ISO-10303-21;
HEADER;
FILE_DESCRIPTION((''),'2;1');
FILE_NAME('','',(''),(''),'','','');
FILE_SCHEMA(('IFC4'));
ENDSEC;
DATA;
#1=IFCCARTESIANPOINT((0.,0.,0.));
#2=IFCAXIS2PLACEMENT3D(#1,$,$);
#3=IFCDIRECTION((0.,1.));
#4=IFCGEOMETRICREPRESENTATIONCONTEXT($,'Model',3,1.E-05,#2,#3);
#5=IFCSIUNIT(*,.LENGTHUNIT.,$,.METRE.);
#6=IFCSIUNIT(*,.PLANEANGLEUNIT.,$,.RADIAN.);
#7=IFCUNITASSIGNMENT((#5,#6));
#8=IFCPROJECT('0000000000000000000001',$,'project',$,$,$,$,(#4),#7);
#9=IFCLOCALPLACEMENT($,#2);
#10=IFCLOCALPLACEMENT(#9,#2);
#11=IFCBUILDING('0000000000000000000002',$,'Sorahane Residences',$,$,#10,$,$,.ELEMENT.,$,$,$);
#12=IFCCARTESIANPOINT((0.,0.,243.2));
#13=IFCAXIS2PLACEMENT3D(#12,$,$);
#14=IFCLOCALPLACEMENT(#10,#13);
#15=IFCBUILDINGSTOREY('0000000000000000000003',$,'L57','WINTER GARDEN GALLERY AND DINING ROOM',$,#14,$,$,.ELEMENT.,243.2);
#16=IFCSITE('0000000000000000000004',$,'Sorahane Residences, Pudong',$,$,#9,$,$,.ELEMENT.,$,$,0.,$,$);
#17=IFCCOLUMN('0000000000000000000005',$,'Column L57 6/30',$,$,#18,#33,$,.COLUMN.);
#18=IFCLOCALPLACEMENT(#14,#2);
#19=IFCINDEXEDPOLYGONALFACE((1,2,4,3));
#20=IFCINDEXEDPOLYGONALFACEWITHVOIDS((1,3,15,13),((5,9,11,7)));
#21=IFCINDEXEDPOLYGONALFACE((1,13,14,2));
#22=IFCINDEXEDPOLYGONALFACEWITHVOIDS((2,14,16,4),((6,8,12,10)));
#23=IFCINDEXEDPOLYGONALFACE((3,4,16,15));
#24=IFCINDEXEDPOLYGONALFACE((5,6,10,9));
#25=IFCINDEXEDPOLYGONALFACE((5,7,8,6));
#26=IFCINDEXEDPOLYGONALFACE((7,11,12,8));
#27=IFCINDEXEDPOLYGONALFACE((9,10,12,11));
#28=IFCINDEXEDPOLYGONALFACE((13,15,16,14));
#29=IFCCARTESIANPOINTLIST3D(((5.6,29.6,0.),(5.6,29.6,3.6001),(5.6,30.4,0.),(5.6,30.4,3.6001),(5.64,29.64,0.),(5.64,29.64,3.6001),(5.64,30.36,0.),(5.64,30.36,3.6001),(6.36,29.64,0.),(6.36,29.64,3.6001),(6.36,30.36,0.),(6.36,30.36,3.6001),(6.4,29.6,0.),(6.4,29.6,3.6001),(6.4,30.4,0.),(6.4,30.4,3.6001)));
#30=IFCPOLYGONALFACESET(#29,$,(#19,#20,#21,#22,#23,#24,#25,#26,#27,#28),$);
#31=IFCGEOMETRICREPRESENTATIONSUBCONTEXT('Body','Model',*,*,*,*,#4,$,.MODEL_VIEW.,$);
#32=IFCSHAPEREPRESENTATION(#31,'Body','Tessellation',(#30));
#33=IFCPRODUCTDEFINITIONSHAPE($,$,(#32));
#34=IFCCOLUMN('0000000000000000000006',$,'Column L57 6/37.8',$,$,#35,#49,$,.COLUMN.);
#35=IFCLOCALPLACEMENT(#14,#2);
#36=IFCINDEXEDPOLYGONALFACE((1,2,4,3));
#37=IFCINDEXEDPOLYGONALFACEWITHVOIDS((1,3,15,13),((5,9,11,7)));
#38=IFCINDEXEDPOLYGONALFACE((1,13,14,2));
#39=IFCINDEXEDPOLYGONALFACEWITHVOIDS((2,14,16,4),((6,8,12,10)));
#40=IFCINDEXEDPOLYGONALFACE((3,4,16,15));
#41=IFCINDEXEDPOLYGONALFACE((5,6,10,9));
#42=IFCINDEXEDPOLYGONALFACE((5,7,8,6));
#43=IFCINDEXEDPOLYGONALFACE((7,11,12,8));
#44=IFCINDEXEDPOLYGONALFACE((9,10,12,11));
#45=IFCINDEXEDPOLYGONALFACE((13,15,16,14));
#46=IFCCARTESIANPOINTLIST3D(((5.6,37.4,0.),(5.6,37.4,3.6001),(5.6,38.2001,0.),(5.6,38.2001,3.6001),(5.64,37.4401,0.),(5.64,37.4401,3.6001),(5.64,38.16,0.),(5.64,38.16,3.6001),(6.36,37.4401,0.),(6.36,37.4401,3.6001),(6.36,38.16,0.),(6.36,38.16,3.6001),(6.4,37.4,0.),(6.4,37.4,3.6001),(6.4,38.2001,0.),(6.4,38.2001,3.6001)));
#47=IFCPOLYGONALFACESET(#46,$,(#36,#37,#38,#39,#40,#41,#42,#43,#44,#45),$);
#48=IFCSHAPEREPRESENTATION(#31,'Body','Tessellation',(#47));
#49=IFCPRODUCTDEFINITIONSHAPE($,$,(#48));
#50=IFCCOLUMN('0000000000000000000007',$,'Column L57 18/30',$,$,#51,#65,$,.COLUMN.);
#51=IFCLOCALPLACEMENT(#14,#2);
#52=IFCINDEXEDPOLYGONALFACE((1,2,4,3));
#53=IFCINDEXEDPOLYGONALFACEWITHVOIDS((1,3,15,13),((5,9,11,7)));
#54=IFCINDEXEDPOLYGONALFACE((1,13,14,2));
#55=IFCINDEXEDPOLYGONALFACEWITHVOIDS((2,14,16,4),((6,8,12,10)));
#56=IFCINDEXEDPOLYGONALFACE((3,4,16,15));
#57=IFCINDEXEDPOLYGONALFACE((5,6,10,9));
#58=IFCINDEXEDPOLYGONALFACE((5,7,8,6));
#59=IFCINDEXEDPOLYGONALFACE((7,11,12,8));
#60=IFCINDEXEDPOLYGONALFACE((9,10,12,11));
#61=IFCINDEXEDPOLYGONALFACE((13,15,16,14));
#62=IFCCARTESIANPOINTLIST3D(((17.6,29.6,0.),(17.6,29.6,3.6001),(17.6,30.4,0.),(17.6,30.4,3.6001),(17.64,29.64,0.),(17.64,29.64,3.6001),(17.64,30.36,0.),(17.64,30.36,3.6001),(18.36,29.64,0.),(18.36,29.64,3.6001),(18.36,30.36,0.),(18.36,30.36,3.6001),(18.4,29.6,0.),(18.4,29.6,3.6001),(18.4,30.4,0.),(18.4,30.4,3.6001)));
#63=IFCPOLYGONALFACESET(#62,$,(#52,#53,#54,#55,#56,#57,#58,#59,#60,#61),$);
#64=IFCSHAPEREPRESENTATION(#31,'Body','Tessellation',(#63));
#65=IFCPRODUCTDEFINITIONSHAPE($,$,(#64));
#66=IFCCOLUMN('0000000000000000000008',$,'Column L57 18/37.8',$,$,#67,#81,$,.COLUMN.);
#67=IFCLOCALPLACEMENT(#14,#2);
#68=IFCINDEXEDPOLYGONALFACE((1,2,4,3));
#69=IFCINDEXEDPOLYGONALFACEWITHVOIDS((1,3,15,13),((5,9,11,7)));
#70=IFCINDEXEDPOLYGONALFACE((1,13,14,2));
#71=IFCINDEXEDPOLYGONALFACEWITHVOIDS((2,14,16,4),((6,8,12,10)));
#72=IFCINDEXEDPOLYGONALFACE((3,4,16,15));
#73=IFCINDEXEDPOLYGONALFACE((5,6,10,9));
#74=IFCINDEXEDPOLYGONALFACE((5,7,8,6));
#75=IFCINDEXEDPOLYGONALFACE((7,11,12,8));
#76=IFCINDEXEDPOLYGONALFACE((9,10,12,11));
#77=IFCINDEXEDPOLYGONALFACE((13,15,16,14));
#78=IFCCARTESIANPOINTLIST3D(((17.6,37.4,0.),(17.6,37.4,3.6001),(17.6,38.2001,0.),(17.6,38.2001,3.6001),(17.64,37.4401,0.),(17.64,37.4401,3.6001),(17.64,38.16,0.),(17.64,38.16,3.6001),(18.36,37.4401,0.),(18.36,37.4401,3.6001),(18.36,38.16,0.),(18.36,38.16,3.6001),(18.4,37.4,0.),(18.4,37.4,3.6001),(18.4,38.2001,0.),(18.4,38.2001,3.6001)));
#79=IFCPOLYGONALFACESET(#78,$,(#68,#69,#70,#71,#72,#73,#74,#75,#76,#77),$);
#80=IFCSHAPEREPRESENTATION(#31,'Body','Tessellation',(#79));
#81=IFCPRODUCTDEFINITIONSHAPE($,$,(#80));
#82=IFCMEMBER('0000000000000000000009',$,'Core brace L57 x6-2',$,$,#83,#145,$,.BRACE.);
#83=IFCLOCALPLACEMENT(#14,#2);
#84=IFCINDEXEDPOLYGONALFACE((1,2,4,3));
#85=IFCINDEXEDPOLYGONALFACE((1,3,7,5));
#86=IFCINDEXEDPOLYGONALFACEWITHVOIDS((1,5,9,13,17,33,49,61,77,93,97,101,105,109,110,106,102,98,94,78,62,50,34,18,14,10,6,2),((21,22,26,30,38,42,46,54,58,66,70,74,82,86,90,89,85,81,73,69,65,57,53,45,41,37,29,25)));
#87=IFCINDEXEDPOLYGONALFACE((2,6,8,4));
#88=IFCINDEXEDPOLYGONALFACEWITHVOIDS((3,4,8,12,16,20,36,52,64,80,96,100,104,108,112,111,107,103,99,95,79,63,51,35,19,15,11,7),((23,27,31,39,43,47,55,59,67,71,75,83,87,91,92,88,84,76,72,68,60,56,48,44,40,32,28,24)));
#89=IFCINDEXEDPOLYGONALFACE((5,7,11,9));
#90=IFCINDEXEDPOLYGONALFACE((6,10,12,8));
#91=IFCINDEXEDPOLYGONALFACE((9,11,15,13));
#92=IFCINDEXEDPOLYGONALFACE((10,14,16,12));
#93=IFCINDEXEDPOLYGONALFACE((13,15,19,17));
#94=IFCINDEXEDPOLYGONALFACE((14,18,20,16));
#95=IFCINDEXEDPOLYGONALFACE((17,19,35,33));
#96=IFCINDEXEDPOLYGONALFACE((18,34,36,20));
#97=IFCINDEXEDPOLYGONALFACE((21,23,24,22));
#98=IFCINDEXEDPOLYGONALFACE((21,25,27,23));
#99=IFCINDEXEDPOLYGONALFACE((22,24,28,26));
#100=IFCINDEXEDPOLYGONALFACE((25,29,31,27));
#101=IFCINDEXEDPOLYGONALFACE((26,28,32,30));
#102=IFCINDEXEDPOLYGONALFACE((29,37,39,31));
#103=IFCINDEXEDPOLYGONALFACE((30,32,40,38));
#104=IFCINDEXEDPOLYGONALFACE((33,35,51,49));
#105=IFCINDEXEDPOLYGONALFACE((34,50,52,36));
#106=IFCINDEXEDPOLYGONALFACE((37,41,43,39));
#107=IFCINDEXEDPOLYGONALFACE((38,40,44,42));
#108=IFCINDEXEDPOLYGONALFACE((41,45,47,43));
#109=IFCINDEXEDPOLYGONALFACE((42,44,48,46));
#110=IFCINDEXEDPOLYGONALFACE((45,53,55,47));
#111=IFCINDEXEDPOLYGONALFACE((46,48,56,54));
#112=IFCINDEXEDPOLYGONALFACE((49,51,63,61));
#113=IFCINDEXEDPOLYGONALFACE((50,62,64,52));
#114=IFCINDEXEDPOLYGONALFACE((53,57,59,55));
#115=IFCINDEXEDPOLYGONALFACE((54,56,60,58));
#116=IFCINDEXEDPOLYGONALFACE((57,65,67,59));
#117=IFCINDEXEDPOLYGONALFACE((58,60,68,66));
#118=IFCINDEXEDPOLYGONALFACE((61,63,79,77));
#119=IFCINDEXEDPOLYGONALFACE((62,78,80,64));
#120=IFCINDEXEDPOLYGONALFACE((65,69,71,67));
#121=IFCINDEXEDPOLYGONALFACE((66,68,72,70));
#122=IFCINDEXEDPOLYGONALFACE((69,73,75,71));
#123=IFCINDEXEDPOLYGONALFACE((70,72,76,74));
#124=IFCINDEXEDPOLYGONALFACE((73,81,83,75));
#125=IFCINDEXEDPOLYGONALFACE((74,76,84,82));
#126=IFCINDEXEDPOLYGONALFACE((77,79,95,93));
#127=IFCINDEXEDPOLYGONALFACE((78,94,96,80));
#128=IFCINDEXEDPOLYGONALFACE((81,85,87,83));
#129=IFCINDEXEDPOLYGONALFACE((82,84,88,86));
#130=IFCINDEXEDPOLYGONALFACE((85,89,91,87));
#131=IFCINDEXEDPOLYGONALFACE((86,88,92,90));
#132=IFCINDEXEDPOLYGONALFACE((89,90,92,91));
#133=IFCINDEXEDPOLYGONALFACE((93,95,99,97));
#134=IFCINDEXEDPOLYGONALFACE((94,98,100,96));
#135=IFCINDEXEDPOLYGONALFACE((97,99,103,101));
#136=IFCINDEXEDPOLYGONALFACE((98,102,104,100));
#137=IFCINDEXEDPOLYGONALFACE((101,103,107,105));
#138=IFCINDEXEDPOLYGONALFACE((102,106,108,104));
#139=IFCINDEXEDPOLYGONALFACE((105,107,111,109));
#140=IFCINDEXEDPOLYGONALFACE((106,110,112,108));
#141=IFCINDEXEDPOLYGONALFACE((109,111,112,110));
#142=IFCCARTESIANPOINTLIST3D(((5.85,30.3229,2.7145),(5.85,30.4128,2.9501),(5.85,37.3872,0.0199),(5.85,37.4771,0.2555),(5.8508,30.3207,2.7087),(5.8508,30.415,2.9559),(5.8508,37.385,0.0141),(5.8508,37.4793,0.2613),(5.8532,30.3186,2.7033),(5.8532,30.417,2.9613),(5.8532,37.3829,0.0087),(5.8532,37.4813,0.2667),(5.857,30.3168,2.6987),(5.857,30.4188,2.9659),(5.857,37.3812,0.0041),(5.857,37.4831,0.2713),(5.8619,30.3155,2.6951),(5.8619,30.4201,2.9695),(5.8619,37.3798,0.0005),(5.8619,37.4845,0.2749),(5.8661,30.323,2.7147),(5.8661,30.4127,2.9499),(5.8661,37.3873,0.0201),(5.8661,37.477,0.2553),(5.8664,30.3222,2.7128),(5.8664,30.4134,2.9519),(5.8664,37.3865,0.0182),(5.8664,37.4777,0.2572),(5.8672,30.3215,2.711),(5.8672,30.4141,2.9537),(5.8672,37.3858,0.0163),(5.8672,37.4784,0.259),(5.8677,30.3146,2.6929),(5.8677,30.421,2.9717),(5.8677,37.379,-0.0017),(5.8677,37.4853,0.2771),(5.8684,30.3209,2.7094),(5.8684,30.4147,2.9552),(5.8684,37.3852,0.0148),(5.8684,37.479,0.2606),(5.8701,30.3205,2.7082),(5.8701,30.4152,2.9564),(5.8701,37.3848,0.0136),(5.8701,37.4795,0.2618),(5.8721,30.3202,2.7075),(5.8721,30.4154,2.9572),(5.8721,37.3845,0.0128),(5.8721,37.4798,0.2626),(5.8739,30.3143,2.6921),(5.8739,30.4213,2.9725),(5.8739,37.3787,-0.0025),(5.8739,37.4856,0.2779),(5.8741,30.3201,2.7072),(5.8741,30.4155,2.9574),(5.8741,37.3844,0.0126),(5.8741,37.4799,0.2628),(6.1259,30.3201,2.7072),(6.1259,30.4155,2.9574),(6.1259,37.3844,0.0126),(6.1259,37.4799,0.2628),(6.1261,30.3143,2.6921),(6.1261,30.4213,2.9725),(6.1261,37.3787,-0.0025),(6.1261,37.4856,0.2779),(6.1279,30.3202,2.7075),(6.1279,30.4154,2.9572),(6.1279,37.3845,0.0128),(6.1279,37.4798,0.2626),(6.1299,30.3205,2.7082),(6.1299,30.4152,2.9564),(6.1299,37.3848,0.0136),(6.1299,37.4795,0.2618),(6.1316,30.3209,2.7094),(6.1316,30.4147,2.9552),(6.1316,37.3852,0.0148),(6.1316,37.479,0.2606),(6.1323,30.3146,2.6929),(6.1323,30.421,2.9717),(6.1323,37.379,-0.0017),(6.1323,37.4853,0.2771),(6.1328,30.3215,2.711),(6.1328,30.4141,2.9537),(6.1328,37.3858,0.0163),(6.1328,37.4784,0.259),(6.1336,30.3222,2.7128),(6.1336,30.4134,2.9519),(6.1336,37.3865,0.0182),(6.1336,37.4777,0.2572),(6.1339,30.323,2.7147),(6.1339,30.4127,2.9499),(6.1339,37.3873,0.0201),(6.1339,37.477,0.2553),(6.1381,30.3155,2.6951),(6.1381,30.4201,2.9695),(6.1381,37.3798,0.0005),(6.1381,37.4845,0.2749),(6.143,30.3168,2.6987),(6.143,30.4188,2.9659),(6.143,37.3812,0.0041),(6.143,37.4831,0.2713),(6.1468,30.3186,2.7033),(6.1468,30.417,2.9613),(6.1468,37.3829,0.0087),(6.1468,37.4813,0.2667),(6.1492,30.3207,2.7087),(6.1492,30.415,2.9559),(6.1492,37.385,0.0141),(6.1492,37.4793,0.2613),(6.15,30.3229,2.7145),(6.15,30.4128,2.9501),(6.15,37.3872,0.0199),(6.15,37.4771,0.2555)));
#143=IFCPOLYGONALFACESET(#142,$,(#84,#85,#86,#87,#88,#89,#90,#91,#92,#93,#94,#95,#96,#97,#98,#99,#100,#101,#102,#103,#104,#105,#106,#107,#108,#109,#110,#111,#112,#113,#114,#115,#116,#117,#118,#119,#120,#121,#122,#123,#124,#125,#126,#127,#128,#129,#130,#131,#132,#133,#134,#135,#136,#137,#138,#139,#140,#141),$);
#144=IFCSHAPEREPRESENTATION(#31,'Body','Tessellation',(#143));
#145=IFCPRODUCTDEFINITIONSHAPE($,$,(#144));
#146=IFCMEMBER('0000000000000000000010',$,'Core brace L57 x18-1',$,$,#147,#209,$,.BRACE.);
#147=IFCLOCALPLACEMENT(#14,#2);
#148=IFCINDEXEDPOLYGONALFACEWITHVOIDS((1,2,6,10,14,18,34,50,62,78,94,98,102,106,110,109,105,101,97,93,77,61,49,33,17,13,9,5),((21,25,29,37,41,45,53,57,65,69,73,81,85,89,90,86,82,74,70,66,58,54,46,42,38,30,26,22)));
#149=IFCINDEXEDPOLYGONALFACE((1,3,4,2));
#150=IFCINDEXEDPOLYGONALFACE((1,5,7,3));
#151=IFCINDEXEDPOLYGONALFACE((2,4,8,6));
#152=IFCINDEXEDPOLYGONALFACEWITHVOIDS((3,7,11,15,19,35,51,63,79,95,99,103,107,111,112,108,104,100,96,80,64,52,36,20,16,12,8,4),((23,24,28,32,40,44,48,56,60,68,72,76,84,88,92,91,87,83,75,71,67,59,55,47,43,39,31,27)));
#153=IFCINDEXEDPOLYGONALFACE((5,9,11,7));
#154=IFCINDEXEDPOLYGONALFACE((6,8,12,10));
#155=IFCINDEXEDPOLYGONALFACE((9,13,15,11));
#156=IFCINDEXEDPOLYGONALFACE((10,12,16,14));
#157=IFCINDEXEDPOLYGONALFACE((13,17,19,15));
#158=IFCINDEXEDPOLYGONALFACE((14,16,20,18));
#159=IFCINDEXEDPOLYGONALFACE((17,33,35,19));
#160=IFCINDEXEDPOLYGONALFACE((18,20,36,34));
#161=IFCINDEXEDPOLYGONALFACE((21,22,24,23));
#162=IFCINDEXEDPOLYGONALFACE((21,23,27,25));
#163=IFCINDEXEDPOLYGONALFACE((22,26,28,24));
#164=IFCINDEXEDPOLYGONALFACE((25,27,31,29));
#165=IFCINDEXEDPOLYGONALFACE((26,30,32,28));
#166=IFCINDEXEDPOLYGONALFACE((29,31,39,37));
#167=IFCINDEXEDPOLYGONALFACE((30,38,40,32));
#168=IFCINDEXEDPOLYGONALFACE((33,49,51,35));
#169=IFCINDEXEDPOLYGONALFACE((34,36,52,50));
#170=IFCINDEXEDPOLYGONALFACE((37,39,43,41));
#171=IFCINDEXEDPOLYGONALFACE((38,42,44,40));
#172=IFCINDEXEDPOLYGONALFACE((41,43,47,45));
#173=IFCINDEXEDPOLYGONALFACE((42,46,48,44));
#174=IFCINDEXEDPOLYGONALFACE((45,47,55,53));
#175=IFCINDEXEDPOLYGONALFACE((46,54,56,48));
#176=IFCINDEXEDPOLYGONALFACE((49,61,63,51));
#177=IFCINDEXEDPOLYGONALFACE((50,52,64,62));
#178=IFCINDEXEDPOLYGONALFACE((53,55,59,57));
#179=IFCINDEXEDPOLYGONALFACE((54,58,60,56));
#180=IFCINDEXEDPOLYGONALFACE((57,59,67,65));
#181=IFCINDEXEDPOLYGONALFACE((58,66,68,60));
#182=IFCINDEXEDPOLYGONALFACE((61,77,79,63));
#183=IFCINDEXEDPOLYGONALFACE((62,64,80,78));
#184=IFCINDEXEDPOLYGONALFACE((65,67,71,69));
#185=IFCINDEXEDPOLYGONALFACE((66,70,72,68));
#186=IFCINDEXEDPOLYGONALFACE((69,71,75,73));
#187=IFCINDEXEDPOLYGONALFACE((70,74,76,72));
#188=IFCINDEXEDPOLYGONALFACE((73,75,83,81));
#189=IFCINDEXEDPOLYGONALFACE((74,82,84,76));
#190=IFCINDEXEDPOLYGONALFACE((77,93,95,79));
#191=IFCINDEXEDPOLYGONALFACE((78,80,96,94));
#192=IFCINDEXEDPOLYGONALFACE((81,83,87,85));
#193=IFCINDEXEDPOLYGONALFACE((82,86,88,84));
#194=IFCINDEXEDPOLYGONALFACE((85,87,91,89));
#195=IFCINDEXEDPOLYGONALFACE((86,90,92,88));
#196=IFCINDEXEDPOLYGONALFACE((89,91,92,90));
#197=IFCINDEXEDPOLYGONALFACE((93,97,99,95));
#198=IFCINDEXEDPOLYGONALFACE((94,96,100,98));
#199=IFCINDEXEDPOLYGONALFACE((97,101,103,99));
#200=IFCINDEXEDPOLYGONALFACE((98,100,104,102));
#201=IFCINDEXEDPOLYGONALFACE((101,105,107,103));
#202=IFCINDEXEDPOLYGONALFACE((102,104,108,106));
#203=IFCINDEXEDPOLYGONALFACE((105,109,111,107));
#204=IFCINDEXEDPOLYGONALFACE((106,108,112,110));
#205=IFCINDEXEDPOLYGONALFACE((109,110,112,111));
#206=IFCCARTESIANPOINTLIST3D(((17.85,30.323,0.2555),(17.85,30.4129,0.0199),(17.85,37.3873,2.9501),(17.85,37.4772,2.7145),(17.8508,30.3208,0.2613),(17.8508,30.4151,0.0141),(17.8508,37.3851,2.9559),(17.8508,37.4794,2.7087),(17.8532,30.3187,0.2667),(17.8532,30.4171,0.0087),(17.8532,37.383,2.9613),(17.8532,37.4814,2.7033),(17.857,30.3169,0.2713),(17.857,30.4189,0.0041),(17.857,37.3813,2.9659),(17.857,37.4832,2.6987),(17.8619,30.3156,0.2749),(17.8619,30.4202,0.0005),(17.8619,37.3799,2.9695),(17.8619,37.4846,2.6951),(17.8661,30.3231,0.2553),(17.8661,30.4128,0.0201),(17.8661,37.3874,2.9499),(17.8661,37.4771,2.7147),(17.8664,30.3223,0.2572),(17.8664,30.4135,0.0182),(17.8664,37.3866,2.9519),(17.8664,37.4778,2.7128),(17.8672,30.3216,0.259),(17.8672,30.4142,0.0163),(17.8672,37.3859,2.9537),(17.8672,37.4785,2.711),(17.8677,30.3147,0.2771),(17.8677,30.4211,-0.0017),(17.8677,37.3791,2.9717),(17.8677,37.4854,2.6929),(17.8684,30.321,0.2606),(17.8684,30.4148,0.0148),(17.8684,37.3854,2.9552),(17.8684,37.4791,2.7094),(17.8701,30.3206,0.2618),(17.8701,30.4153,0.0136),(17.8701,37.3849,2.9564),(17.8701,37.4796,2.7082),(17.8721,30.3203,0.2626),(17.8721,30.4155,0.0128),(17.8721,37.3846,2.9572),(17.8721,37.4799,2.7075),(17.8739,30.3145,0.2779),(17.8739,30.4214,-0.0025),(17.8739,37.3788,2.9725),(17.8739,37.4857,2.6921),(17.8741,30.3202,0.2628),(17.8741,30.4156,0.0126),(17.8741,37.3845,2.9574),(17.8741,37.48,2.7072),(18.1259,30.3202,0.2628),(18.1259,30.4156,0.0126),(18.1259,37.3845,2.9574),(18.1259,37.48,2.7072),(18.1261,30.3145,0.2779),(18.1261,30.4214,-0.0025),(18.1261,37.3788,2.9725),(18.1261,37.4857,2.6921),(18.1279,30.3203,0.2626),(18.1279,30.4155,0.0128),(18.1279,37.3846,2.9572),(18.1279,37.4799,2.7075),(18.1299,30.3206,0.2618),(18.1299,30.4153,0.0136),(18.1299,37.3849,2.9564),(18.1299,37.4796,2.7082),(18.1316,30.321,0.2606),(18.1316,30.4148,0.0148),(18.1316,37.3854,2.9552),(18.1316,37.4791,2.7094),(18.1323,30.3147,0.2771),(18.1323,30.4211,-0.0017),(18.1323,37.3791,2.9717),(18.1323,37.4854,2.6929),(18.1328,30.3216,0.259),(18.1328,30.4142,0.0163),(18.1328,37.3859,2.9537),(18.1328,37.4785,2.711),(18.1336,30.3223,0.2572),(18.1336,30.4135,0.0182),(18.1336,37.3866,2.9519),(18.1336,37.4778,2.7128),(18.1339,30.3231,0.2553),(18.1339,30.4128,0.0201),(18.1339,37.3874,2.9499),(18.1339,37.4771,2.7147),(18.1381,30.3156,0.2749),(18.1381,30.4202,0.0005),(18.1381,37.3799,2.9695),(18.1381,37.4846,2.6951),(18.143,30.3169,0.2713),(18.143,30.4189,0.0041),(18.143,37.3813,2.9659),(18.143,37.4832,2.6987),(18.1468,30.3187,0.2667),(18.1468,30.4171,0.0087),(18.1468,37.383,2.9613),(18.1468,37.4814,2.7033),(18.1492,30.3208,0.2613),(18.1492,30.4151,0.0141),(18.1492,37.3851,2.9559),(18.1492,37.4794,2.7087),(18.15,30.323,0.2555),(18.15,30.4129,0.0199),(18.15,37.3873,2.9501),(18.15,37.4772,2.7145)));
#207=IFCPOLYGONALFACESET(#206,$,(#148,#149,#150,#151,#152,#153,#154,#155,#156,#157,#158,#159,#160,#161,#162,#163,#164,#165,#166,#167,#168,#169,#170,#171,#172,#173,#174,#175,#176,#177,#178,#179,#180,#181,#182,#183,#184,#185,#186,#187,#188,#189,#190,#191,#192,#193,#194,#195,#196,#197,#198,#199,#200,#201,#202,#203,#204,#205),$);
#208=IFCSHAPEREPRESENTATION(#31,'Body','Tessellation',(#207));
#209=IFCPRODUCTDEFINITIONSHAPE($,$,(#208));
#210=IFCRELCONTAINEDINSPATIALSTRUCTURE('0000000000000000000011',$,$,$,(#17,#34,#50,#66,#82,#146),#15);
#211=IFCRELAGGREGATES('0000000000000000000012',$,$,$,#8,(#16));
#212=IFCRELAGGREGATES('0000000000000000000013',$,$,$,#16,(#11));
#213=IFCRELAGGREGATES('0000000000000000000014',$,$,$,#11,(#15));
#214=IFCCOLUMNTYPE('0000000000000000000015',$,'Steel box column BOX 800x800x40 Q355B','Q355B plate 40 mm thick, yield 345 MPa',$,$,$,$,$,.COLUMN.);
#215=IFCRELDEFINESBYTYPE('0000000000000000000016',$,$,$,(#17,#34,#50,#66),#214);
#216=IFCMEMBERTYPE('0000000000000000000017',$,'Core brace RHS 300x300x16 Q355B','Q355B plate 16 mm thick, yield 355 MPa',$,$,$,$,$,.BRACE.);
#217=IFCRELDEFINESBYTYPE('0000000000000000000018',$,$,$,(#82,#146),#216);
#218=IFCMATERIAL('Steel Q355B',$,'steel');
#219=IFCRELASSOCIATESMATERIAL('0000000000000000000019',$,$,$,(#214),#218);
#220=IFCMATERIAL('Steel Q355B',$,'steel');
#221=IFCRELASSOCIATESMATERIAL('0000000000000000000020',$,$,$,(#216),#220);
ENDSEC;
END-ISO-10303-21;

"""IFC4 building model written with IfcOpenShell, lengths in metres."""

from ifc_helpers import new_model, si_unit, direction, frame, origin, origin_2d, place, context, subcontext, project, spatial, hollow_rectangle, extrude, material, material_profile, profile_set, type_object, element, save


model = new_model("IFC4")

# Units and contexts
model_context = context("Model", 3, precision=1e-05, world=origin(), true_north=direction((0.0, 1.0)))
body_context = subcontext(model_context, "Body", "Model", "MODEL_VIEW")
ifc_project = project(units=[si_unit("LENGTHUNIT", "METRE"), si_unit("PLANEANGLEUNIT", "RADIAN")], contexts=[model_context])

# Site, building, storey
site_placement = place(None, origin())
site = spatial("IfcSite", under=ifc_project, at=site_placement, Name="Sorahane Residences, Pudong", CompositionType="ELEMENT", RefElevation=0.0)
building_placement = place(site_placement, origin())
building = spatial("IfcBuilding", under=site, at=building_placement, Name="Sorahane Residences", CompositionType="ELEMENT")
storey_placement = place(building_placement, frame((0.0, 0.0, 243.2)))
storey = spatial("IfcBuildingStorey", under=building, at=storey_placement, Name="L57", Description="WINTER GARDEN GALLERY AND DINING ROOM", CompositionType="ELEMENT", Elevation=243.2)

# Columns
ifc_material_1 = material(Name="Steel Q355B", Category="steel")
ifc_material_profile_1 = material_profile(ifc_material_1, hollow_rectangle(XDim=0.8, YDim=0.8, WallThickness=0.04, at=origin_2d()), Name="BOX 800x800x40")
ifc_profile_set_1 = profile_set([ifc_material_profile_1], Name="Steel Q355B")
column_type = type_object("IfcColumnType", Name="Steel box column BOX 800x800x40 Q355B", Description="Q355B plate 40 mm thick, yield 345 MPa", PredefinedType="COLUMN", material=ifc_profile_set_1)
for number, where, z_axis, x_axis, name in (
    (1, (6.0, 30.0, 0.0), (0.0, 0.0, 1.0), (1.0, 0.0, 0.0), "Column L57 6/30"),
    (2, (6.0, 37.8, 0.0), (0.0, 0.0, 1.0), (1.0, 0.0, 0.0), "Column L57 6/37.8"),
    (3, (18.0, 30.0, 0.0), (0.0, 0.0, 1.0), (1.0, 0.0, 0.0), "Column L57 18/30"),
    (4, (18.0, 37.8, 0.0), (0.0, 0.0, 1.0), (1.0, 0.0, 0.0), "Column L57 18/37.8"),
):
    element("IfcColumn", number, at=place(storey_placement, frame(where, z_axis=z_axis, x_axis=x_axis)), inside=storey, type_object=column_type, Name=name, PredefinedType="COLUMN", context=body_context, shape_type="SweptSolid", body=[
        extrude(hollow_rectangle(XDim=0.8, YDim=0.8, WallThickness=0.04, at=origin_2d()), origin(), (0.0, 0.0, 1.0), 3.6001),
    ])

# Members
ifc_material_2 = material(Name="Steel Q355B", Category="steel")
ifc_material_profile_2 = material_profile(ifc_material_2, hollow_rectangle(XDim=0.3, YDim=0.3, WallThickness=0.0161, InnerFilletRadius=0.0081, OuterFilletRadius=0.0239, at=origin_2d()), Name="RHS 300x300x16")
ifc_profile_set_2 = profile_set([ifc_material_profile_2], Name="Steel Q355B")
member_type = type_object("IfcMemberType", Name="Core brace RHS 300x300x16 Q355B", Description="Q355B plate 16 mm thick, yield 355 MPa", PredefinedType="BRACE", material=ifc_profile_set_2)
for number, where, z_axis, x_axis, name in (
    (5, (6.0, 37.4321, 0.1377), (0.0, -0.934336, 0.356394), (1.0, 0.0, 0.0), "Core brace L57 x6-2"),
    (6, (18.0, 30.3679, 0.1377), (0.0, 0.934336, 0.356394), (-1.0, 0.0, 0.0), "Core brace L57 x18-1"),
):
    element("IfcMember", number, at=place(storey_placement, frame(where, z_axis=z_axis, x_axis=x_axis)), inside=storey, type_object=member_type, Name=name, PredefinedType="BRACE", context=body_context, shape_type="SweptSolid", body=[
        extrude(hollow_rectangle(XDim=0.3, YDim=0.3, WallThickness=0.0161, InnerFilletRadius=0.0081, OuterFilletRadius=0.0239, at=origin_2d()), origin(), (0.0, 0.0, 1.0), 7.5608),
    ])

save(model, "model.ifc")
